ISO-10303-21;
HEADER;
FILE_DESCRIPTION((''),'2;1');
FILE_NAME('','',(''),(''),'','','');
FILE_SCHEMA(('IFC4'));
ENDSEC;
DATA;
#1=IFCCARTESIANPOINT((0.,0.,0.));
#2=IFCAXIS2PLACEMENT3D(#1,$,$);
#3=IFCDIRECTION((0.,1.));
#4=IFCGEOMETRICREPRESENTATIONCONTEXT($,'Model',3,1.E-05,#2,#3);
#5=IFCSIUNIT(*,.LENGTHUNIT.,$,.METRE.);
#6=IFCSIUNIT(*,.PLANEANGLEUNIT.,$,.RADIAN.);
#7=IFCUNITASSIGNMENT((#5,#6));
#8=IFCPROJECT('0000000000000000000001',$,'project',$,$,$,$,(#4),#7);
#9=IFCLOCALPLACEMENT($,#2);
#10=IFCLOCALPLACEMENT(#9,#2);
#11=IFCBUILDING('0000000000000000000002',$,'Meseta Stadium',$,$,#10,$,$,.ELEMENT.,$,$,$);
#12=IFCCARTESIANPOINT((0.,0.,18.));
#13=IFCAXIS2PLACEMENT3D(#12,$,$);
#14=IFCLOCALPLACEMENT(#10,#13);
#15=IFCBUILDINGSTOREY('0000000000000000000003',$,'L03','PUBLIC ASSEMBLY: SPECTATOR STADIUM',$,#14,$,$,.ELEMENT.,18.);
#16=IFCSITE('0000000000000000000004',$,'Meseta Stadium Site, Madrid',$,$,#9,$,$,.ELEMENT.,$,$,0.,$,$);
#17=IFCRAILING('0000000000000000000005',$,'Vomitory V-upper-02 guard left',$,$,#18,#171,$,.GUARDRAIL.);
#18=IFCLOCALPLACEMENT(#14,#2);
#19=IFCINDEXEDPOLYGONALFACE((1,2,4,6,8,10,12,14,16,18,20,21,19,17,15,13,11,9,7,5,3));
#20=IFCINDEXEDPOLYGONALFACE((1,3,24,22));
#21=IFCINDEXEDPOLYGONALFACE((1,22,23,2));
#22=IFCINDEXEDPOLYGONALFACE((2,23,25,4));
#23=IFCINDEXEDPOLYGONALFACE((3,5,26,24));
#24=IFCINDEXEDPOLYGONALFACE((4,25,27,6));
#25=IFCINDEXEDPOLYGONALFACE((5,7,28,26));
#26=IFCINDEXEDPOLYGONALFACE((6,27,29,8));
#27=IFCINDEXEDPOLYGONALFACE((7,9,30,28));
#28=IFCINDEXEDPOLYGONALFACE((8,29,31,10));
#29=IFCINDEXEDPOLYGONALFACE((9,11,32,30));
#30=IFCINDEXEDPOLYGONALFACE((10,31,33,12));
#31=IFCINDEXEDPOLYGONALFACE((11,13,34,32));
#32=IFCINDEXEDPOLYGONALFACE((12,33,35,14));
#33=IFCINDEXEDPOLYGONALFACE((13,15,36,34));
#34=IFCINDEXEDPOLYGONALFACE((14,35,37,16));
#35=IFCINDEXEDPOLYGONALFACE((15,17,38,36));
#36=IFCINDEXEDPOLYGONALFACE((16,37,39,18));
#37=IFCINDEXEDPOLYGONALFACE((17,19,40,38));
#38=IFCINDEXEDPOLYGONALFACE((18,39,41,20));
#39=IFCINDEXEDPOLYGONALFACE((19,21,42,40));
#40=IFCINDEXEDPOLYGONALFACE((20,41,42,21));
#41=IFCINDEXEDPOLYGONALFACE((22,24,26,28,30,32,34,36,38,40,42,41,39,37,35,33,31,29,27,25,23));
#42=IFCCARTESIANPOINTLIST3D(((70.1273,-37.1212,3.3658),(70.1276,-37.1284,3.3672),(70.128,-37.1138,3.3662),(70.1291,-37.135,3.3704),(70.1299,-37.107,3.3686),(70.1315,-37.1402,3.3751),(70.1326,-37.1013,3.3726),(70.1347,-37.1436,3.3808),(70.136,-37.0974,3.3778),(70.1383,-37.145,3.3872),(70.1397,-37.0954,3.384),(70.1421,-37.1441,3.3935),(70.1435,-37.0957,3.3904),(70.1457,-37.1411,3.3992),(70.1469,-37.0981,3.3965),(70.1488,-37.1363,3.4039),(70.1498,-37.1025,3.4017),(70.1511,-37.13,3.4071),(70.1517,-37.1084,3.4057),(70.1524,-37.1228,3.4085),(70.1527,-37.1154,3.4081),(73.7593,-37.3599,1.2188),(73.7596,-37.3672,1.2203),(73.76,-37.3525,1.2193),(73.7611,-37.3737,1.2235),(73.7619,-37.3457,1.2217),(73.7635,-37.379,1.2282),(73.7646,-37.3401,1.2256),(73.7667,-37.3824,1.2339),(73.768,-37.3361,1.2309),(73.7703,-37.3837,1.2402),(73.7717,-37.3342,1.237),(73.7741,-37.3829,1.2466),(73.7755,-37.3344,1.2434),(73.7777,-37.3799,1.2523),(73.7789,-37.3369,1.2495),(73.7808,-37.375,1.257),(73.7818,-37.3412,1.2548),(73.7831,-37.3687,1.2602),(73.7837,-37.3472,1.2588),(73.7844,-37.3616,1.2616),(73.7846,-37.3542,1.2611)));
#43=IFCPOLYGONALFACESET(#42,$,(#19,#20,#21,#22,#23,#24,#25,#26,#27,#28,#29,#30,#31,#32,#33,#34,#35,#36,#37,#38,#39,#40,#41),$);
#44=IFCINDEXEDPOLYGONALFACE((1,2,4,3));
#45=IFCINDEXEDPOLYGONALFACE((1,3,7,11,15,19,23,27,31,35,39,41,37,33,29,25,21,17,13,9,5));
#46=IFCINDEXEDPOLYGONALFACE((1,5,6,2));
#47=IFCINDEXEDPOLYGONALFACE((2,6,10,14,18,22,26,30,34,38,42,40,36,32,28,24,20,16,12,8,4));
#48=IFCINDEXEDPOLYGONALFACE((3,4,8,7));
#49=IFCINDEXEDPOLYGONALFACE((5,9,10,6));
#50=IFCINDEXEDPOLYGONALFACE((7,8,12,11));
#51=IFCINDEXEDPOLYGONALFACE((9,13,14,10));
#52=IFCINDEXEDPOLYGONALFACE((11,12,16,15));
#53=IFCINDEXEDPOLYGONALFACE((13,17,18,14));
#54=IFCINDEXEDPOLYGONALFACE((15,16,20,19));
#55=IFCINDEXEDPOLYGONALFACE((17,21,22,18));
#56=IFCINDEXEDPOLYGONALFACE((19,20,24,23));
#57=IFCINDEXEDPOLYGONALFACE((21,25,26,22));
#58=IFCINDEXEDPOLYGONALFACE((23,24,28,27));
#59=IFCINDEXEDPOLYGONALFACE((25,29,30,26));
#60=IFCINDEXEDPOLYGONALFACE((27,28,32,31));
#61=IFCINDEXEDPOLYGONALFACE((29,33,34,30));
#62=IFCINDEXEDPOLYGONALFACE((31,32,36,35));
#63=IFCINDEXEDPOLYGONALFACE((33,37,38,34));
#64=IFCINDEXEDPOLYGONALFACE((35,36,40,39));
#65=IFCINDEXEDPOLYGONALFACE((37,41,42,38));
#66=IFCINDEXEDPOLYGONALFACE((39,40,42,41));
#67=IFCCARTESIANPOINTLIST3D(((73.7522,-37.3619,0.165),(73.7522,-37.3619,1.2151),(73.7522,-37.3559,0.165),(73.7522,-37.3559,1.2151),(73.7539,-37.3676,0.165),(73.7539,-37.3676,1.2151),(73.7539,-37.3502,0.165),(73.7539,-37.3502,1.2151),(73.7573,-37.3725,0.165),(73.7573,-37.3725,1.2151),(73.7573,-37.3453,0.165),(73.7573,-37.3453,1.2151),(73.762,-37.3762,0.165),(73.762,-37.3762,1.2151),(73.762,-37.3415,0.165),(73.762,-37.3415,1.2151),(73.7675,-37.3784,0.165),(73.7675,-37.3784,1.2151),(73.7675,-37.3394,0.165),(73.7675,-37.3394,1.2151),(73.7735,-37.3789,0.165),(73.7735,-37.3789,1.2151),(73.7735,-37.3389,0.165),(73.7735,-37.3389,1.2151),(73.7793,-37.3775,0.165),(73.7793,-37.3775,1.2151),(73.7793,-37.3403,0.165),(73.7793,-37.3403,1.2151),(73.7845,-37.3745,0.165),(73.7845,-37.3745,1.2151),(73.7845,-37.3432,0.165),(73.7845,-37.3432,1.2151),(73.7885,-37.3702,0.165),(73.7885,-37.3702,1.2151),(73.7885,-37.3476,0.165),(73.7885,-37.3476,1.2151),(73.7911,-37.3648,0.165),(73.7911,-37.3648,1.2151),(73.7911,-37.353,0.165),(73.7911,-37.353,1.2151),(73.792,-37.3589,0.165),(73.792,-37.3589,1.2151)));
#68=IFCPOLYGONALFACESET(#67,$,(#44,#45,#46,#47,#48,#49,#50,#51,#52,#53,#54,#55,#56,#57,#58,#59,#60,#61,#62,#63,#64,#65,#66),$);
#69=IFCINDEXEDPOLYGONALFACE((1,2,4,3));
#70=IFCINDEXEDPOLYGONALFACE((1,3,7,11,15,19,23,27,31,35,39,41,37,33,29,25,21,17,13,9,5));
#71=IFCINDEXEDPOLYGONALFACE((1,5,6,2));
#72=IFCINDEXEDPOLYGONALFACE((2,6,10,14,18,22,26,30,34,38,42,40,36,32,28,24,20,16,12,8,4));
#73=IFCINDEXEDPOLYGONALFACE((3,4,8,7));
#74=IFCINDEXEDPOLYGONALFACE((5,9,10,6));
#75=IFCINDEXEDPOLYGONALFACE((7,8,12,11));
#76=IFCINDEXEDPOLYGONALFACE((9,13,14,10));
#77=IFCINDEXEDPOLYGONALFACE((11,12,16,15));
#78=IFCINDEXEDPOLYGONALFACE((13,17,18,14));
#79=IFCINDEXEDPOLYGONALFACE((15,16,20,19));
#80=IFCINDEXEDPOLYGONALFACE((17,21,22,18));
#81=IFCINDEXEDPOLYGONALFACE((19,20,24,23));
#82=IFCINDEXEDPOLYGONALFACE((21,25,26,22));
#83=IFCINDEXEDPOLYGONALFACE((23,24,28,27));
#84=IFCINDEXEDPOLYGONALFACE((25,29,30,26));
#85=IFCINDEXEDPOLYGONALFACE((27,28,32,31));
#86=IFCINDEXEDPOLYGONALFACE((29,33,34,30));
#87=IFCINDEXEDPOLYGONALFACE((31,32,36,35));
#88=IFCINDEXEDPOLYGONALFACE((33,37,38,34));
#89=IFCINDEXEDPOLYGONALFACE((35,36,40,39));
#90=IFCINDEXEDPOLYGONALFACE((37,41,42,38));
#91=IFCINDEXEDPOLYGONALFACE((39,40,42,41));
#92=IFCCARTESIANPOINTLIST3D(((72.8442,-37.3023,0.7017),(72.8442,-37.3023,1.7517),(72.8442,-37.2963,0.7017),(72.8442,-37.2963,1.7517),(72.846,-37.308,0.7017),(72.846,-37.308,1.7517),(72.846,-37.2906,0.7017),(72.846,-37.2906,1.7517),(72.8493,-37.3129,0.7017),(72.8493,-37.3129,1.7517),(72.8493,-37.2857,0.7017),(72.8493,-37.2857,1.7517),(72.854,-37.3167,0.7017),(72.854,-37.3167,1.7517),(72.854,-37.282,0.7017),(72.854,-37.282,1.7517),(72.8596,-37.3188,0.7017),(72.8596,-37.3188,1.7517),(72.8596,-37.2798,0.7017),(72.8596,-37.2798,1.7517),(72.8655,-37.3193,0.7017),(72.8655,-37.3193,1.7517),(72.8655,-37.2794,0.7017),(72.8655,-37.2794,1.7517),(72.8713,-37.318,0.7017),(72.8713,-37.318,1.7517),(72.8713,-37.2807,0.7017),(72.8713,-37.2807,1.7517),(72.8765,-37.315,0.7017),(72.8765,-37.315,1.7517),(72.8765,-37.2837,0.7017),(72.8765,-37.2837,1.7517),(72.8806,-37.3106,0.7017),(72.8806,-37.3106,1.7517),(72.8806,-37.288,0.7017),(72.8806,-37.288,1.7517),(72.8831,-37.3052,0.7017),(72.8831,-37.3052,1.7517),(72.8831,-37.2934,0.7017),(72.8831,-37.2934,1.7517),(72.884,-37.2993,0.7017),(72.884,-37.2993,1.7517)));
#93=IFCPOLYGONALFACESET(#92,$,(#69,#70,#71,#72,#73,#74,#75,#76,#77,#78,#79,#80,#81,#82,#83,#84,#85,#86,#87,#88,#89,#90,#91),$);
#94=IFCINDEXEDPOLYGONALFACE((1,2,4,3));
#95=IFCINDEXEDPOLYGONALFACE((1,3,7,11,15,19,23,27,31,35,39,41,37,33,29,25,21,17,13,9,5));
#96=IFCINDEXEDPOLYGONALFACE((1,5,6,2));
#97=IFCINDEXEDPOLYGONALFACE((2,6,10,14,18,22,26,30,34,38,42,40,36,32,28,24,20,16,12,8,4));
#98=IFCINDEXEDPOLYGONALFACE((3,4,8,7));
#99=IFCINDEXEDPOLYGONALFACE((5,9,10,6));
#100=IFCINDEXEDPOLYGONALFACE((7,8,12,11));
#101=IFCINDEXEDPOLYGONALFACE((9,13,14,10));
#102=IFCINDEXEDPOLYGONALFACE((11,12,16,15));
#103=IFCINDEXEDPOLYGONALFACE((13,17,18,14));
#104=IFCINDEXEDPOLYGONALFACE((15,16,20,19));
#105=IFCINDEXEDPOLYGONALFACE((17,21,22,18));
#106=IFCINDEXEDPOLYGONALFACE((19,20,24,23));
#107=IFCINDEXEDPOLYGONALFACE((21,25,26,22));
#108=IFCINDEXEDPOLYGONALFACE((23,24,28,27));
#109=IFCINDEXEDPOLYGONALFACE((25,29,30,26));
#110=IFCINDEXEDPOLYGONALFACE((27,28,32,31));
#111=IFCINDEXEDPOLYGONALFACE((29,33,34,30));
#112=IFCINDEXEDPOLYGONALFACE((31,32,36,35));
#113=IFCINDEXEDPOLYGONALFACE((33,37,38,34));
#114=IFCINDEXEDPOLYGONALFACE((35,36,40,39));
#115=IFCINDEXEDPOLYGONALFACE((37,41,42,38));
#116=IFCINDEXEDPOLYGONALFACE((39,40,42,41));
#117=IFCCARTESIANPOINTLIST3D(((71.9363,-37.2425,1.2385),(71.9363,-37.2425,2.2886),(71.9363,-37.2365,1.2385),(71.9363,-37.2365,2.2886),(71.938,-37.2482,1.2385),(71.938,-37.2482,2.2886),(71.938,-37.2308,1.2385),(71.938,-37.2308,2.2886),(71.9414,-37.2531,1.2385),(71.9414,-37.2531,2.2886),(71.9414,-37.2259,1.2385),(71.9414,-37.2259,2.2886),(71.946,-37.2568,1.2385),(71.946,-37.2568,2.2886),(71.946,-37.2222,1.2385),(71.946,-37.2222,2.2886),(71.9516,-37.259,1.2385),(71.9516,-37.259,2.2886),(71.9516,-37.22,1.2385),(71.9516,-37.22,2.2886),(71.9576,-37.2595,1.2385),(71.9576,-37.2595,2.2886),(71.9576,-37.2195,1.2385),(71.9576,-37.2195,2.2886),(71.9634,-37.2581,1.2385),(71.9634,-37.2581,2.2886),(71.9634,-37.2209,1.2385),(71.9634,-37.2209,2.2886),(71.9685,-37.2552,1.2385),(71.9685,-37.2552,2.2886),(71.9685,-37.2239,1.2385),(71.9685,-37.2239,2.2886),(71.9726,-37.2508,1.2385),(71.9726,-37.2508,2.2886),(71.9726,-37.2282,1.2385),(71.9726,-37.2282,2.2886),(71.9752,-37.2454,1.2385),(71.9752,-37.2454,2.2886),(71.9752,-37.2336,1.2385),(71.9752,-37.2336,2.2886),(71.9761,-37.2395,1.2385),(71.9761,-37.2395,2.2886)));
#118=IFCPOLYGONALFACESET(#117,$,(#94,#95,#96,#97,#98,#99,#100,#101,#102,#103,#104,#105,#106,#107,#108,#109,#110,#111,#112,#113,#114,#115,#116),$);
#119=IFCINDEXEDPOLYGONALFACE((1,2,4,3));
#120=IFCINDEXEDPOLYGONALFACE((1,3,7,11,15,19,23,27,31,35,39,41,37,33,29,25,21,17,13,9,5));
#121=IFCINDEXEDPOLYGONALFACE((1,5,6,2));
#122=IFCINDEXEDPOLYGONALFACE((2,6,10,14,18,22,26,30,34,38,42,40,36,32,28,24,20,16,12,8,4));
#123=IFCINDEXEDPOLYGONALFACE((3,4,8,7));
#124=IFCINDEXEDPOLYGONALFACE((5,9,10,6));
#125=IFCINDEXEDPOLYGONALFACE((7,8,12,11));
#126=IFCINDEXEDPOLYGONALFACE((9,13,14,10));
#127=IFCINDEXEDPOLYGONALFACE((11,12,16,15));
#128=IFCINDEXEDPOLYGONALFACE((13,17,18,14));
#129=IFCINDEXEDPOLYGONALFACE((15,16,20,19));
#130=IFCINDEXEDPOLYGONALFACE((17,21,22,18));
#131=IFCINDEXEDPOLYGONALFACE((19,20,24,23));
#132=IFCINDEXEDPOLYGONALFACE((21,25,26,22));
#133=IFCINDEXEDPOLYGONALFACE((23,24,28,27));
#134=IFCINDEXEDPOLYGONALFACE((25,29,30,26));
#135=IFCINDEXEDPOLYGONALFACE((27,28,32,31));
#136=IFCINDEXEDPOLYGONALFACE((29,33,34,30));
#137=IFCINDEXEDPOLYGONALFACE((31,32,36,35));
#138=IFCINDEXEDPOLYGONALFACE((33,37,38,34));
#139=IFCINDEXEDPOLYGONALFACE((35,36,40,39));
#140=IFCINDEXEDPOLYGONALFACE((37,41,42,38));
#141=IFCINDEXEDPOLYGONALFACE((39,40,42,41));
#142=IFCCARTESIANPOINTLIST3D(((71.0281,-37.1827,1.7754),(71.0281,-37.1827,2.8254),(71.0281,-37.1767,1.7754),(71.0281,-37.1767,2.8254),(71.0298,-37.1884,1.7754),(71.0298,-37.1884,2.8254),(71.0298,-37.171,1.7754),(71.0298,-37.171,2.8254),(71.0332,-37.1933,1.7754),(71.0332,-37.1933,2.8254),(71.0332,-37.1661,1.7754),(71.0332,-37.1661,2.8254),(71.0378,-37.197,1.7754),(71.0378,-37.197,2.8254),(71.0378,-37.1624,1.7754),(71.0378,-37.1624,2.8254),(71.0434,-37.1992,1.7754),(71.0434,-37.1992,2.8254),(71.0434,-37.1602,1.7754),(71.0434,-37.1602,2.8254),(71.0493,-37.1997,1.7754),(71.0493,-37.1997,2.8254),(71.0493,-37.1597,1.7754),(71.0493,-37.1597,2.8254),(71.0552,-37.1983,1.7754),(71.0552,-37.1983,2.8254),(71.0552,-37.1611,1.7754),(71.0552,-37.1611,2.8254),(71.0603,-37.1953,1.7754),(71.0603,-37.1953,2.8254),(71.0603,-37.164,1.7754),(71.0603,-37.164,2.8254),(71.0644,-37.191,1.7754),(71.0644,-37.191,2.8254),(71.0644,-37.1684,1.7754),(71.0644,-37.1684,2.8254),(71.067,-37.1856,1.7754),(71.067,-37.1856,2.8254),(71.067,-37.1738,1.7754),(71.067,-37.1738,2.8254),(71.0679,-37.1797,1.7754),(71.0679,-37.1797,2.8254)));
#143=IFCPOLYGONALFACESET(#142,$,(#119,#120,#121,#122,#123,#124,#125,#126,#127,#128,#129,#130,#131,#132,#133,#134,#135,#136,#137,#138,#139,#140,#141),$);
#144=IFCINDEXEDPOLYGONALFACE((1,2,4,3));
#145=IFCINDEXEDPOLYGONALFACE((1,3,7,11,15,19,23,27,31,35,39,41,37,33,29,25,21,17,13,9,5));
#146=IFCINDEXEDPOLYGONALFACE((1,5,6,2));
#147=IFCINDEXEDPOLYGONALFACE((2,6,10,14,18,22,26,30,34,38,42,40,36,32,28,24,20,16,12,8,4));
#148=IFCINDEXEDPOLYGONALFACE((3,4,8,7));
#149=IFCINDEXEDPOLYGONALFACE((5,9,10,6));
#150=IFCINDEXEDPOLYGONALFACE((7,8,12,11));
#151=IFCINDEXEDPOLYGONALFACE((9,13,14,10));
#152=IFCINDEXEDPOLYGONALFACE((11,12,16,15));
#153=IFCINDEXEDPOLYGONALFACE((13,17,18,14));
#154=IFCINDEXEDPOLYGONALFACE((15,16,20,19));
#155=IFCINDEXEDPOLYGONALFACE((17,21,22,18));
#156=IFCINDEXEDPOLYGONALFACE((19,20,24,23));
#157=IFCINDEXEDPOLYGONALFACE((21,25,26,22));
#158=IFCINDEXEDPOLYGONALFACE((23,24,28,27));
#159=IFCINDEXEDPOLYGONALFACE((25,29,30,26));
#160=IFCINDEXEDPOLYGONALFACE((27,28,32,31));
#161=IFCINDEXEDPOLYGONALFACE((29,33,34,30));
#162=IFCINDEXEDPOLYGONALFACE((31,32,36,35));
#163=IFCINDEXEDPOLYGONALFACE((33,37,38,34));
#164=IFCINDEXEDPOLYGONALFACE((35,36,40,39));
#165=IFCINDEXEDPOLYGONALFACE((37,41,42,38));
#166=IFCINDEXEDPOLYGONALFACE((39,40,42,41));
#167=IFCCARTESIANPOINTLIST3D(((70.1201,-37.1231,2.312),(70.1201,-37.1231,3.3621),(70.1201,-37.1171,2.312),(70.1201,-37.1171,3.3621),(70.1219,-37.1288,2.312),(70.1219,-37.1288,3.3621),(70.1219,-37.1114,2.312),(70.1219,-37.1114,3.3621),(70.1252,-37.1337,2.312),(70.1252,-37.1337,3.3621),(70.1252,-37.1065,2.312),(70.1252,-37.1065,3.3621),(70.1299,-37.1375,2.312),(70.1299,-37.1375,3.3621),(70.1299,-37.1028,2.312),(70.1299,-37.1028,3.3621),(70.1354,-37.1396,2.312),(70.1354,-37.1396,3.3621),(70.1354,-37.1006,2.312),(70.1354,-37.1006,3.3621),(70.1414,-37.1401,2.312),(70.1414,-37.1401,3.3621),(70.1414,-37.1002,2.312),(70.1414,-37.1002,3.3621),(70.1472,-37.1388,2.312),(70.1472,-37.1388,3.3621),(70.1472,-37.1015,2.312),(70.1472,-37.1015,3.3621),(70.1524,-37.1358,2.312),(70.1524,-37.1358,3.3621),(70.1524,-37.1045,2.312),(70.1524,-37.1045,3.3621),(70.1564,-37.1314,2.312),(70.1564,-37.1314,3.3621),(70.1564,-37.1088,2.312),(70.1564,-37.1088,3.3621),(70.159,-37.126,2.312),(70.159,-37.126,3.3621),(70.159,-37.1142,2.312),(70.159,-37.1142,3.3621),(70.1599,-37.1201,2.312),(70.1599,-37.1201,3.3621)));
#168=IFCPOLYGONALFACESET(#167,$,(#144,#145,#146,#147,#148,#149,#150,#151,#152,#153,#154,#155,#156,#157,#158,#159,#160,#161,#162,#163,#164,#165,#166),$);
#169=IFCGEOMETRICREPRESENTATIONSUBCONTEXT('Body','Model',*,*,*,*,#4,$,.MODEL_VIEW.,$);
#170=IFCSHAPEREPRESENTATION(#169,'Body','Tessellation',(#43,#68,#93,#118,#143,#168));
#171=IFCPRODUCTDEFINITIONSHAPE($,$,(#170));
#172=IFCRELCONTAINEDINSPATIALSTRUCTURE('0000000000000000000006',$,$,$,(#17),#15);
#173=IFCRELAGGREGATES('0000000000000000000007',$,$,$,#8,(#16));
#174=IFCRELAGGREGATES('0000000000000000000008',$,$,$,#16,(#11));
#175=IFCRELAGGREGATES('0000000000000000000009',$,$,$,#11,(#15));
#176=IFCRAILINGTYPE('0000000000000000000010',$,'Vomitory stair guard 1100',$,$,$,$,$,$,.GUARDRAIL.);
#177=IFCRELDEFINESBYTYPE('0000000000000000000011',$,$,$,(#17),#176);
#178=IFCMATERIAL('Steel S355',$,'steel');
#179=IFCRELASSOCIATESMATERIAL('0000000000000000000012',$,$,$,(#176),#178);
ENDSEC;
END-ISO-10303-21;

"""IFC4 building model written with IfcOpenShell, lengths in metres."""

from ifc_helpers import new_model, si_unit, direction, frame, origin, origin_2d, place, context, subcontext, project, spatial, circle, extrude, material, type_object, element, save


model = new_model("IFC4")

# Units and contexts
model_context = context("Model", 3, precision=1e-05, world=origin(), true_north=direction((0.0, 1.0)))
body_context = subcontext(model_context, "Body", "Model", "MODEL_VIEW")
ifc_project = project(units=[si_unit("LENGTHUNIT", "METRE"), si_unit("PLANEANGLEUNIT", "RADIAN")], contexts=[model_context])

# Site, building, storey
site_placement = place(None, origin())
site = spatial("IfcSite", under=ifc_project, at=site_placement, Name="Meseta Stadium Site, Madrid", CompositionType="ELEMENT", RefElevation=0.0)
building_placement = place(site_placement, origin())
building = spatial("IfcBuilding", under=site, at=building_placement, Name="Meseta Stadium", CompositionType="ELEMENT")
storey_placement = place(building_placement, frame((0.0, 0.0, 18.0)))
storey = spatial("IfcBuildingStorey", under=building, at=storey_placement, Name="L03", Description="PUBLIC ASSEMBLY: SPECTATOR STADIUM", CompositionType="ELEMENT", Elevation=18.0)

# Railing
ifc_material_1 = material(Name="Steel S355", Category="steel")
railing_type_1 = type_object("IfcRailingType", Name="Vomitory stair guard 1100", PredefinedType="GUARDRAIL", material=ifc_material_1)
for number, where, name in (
    (1, (73.772, -37.3589, 0.165), "Vomitory V-upper-02 guard left"),
):
    element("IfcRailing", number, at=place(storey_placement, frame(where)), inside=storey, type_object=railing_type_1, Name=name, PredefinedType="GUARDRAIL", context=body_context, shape_type="SweptSolid", body=[
        extrude(circle(Radius=0.0249, at=origin_2d()), frame((0.0, 0.0, 1.0752), z_axis=(-0.859474, 0.056501, 0.508047), x_axis=(-0.065597, -0.997846, 0.0)), (0.0, 0.0, 1.0), 4.2258),
        extrude(circle(Radius=0.02, at=origin_2d()), origin(), (0.0, 0.0, 1.0), 1.05),
        extrude(circle(Radius=0.02, at=origin_2d()), frame((-0.908, 0.0596, 0.5366)), (0.0, 0.0, 1.0), 1.05),
        extrude(circle(Radius=0.02, at=origin_2d()), frame((-1.8159, 0.1194, 1.0735)), (0.0, 0.0, 1.0), 1.05),
        extrude(circle(Radius=0.02, at=origin_2d()), frame((-2.7241, 0.1792, 1.6104)), (0.0, 0.0, 1.0), 1.05),
        extrude(circle(Radius=0.02, at=origin_2d()), frame((-3.6321, 0.2388, 2.147)), (0.0, 0.0, 1.0), 1.05),
    ])

save(model, "model.ifc")
